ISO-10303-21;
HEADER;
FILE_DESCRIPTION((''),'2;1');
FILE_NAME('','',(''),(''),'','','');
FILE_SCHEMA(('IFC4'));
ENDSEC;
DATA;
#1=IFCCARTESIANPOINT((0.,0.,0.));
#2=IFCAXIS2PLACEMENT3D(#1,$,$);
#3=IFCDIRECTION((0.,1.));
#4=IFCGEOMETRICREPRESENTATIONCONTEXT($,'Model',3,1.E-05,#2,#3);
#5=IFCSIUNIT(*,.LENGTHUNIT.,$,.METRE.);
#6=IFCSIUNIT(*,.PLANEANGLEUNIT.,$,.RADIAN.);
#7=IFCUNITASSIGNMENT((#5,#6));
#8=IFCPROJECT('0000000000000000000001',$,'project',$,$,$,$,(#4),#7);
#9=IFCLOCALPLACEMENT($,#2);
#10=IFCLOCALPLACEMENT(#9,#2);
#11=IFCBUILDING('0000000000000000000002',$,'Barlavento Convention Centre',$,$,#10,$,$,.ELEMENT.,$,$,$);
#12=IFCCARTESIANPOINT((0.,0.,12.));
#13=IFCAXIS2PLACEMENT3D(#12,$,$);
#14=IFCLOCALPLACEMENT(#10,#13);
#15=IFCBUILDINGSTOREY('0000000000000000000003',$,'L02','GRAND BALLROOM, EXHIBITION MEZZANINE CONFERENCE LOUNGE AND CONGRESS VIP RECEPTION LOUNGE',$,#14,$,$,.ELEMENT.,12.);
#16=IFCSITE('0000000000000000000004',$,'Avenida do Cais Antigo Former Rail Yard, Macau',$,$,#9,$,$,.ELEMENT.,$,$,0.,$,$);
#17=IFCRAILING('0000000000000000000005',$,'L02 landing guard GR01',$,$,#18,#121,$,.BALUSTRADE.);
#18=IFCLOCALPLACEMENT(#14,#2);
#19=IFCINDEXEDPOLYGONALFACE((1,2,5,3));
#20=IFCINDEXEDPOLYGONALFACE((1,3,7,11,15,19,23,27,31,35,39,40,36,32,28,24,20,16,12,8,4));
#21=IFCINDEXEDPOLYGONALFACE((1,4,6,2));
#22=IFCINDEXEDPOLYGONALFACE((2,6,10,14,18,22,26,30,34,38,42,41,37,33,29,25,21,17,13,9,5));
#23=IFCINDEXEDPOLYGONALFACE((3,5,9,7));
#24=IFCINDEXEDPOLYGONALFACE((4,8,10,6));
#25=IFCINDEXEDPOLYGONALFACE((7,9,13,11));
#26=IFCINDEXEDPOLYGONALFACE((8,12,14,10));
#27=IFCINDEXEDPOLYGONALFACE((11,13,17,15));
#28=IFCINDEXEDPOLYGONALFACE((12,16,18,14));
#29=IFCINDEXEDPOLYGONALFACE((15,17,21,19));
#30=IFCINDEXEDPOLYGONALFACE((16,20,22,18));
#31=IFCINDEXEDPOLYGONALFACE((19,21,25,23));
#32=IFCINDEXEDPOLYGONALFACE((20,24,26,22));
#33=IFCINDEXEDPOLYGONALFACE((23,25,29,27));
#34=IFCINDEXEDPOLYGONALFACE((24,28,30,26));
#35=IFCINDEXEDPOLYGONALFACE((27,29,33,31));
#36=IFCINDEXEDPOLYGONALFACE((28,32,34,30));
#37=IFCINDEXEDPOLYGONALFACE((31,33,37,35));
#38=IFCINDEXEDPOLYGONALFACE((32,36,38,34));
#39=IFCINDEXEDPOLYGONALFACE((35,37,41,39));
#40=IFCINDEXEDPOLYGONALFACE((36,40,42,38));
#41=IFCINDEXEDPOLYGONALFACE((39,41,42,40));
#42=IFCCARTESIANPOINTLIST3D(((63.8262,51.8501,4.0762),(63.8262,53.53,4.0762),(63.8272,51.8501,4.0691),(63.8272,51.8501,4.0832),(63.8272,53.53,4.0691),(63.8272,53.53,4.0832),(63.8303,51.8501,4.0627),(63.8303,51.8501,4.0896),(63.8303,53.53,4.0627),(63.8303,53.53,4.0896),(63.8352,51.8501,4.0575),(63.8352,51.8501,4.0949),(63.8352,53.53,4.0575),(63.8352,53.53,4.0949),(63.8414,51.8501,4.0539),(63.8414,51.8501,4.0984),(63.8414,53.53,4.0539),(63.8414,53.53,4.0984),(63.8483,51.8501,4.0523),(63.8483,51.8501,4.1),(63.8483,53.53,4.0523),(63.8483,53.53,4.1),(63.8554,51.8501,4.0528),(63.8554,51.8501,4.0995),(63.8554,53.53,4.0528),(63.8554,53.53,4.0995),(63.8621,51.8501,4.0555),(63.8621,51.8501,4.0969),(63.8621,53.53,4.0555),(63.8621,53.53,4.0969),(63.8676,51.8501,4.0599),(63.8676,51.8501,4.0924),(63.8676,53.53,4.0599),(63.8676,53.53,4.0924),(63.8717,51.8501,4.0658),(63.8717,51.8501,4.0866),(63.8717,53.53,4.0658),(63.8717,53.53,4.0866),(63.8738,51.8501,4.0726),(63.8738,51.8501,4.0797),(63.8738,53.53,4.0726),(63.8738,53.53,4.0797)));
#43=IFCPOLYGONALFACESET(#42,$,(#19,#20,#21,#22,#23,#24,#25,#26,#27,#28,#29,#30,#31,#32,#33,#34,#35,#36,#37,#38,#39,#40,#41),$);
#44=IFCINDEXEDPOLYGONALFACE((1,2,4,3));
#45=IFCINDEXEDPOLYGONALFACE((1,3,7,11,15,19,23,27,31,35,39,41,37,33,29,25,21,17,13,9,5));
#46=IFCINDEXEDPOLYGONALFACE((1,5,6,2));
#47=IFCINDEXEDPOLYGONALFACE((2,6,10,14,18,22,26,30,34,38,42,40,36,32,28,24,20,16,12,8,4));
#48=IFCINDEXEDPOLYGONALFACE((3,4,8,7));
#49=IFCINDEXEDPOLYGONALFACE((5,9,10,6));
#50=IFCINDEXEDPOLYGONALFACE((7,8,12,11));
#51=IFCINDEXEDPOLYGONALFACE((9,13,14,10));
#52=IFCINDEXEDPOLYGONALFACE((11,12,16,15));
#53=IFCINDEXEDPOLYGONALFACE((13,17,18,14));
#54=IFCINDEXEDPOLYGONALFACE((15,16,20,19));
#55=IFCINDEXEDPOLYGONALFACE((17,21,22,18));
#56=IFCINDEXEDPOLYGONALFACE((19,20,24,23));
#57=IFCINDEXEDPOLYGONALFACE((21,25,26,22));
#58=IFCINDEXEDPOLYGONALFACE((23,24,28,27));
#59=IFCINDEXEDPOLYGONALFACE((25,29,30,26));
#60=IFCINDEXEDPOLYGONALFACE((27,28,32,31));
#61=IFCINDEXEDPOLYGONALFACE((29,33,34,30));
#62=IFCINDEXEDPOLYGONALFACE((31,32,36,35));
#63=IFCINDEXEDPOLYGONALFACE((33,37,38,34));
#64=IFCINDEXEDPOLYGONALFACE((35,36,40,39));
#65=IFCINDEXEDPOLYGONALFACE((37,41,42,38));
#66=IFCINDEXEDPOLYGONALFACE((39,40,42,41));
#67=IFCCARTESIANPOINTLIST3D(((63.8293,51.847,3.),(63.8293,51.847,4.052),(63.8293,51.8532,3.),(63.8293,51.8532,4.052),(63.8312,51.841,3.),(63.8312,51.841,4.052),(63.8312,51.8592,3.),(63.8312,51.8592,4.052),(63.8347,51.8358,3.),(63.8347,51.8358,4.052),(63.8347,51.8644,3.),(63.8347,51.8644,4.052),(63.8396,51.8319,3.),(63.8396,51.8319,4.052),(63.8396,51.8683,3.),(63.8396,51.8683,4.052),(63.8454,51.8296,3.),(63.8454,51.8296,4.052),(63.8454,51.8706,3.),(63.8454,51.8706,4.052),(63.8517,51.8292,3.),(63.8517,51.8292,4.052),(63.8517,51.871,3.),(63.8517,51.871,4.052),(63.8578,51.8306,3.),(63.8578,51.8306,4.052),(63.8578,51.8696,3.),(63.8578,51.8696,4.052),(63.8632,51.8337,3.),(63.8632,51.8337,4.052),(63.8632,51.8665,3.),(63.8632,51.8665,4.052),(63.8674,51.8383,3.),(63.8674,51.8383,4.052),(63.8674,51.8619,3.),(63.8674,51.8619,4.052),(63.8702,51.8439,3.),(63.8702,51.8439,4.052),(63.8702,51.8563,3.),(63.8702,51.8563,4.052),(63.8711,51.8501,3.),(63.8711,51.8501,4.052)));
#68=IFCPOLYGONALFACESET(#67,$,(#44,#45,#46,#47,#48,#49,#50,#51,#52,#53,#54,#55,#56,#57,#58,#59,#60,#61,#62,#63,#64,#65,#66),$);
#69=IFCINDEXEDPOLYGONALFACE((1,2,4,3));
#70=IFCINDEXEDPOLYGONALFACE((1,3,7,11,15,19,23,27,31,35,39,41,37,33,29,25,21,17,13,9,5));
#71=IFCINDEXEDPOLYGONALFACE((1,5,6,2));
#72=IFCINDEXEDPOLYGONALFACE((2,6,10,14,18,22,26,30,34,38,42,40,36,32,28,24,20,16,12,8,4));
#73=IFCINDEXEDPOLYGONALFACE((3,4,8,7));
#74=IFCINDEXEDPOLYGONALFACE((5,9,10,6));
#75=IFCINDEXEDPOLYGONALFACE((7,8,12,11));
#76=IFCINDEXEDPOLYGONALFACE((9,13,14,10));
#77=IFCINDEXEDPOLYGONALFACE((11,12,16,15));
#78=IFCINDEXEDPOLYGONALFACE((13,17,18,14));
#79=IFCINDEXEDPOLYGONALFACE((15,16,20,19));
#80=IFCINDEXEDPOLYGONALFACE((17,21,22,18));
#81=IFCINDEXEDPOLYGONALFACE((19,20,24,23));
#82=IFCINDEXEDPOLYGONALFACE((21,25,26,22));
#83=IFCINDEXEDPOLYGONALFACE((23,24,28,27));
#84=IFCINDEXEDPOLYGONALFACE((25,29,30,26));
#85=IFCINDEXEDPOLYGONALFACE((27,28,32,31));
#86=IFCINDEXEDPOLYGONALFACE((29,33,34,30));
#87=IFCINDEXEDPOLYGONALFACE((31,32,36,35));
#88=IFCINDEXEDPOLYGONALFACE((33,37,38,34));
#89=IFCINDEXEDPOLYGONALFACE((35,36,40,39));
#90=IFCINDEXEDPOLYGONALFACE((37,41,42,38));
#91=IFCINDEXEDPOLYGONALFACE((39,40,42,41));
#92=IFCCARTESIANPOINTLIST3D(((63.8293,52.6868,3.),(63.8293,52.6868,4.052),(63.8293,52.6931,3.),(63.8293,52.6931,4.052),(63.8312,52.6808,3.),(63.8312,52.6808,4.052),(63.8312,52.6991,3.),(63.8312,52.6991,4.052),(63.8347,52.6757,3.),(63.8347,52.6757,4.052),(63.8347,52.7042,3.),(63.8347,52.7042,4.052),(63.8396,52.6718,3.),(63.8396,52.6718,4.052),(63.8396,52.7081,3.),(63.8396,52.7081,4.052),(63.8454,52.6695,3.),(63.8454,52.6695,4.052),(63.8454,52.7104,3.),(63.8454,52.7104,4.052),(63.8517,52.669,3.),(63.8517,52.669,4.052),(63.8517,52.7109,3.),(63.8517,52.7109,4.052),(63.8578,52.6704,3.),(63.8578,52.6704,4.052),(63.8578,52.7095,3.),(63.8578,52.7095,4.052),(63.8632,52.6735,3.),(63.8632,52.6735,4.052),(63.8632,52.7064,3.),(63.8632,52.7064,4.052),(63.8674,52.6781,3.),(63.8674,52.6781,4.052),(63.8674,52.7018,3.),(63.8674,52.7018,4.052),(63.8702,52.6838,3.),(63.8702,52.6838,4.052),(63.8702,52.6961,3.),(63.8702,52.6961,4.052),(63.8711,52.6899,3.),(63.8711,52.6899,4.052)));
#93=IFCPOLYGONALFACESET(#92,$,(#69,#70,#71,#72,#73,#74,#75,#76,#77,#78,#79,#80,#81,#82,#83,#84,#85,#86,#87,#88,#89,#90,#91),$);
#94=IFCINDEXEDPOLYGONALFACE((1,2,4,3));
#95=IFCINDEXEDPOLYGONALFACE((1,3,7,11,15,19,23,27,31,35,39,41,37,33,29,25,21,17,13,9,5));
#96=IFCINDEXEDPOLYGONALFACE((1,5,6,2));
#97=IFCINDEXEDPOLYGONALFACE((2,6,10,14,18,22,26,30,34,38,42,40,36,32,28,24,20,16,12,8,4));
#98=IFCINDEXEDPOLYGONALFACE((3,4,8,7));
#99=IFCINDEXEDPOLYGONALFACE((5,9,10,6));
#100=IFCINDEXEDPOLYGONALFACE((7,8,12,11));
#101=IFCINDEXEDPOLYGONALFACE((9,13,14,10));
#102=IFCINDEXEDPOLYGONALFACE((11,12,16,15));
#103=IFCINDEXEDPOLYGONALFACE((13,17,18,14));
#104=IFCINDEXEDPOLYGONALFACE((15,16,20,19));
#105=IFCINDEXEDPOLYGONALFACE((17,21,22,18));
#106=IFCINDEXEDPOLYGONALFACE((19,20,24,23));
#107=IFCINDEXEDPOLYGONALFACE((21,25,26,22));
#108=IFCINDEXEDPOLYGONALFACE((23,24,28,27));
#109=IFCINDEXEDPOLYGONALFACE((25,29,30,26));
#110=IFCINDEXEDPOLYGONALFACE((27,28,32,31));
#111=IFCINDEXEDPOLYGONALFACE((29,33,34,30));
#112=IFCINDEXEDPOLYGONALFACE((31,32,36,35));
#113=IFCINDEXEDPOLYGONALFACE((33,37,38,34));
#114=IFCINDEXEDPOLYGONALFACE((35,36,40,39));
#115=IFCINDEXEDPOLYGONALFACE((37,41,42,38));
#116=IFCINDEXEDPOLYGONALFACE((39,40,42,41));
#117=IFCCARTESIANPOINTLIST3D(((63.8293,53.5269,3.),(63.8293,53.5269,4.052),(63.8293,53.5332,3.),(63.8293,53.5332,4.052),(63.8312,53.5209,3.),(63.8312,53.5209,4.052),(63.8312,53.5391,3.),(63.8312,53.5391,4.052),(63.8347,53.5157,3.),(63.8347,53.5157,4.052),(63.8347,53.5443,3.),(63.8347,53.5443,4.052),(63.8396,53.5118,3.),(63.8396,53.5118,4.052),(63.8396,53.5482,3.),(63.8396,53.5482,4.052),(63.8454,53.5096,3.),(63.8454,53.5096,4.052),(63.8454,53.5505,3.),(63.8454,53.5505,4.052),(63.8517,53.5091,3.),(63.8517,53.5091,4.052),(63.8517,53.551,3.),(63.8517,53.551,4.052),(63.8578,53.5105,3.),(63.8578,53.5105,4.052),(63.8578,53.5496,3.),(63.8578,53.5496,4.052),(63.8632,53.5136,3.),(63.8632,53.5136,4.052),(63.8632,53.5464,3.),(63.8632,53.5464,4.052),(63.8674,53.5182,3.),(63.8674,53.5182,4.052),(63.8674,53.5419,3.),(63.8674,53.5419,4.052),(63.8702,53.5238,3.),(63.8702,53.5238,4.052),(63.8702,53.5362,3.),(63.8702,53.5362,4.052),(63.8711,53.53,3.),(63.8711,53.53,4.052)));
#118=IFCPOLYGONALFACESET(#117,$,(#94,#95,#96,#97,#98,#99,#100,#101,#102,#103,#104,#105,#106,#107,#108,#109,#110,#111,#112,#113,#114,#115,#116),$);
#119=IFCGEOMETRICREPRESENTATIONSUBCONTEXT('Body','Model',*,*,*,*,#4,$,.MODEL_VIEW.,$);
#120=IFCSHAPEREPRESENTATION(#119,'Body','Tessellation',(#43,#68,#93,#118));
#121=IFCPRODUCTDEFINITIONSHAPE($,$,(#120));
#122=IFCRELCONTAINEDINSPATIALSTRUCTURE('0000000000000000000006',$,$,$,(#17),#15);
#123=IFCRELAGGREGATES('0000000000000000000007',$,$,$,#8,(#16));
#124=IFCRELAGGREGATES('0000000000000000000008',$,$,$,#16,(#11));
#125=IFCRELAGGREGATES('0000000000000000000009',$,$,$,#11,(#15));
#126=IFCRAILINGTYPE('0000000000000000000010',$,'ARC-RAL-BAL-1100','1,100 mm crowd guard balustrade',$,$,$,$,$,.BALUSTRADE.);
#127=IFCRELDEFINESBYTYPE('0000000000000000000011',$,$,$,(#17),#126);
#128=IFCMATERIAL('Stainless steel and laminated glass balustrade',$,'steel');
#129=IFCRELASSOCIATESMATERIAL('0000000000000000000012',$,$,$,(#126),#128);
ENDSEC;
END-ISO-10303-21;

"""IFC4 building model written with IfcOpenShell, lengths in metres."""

from ifc_helpers import new_model, si_unit, direction, frame, origin, origin_2d, place, context, subcontext, project, spatial, circle, extrude, material, type_object, element, save


model = new_model("IFC4")

# Units and contexts
model_context = context("Model", 3, precision=1e-05, world=origin(), true_north=direction((0.0, 1.0)))
body_context = subcontext(model_context, "Body", "Model", "MODEL_VIEW")
ifc_project = project(units=[si_unit("LENGTHUNIT", "METRE"), si_unit("PLANEANGLEUNIT", "RADIAN")], contexts=[model_context])

# Site, building, storey
site_placement = place(None, origin())
site = spatial("IfcSite", under=ifc_project, at=site_placement, Name="Avenida do Cais Antigo Former Rail Yard, Macau", CompositionType="ELEMENT", RefElevation=0.0)
building_placement = place(site_placement, origin())
building = spatial("IfcBuilding", under=site, at=building_placement, Name="Barlavento Convention Centre", CompositionType="ELEMENT")
storey_placement = place(building_placement, frame((0.0, 0.0, 12.0)))
storey = spatial("IfcBuildingStorey", under=building, at=storey_placement, Name="L02", Description="GRAND BALLROOM, EXHIBITION MEZZANINE CONFERENCE LOUNGE AND CONGRESS VIP RECEPTION LOUNGE", CompositionType="ELEMENT", Elevation=12.0)

# Railing
ifc_material_1 = material(Name="Stainless steel and laminated glass balustrade", Category="steel")
railing_type_1 = type_object("IfcRailingType", Name="ARC-RAL-BAL-1100", Description="1,100 mm crowd guard balustrade", PredefinedType="BALUSTRADE", material=ifc_material_1)
railing_1_placement = place(storey_placement, frame((63.8501, 51.8501, 3.0)))
element("IfcRailing", 1, at=railing_1_placement, inside=storey, type_object=railing_type_1, Name="L02 landing guard GR01", PredefinedType="BALUSTRADE", context=body_context, shape_type="SweptSolid", body=[
    extrude(circle(Radius=0.0239, at=origin_2d()), frame((0.0, 0.0, 1.0762), z_axis=(0.0, 1.0, 0.0), x_axis=(-1.0, 0.0, 0.0)), (0.0, 0.0, 1.0), 1.6799),
    extrude(circle(Radius=0.021, at=origin_2d()), origin(), (0.0, 0.0, 1.0), 1.052),
    extrude(circle(Radius=0.021, at=origin_2d()), frame((0.0, 0.8398, 0.0)), (0.0, 0.0, 1.0), 1.052),
    extrude(circle(Radius=0.021, at=origin_2d()), frame((0.0, 1.6799, 0.0)), (0.0, 0.0, 1.0), 1.052),
])

save(model, "model.ifc")
